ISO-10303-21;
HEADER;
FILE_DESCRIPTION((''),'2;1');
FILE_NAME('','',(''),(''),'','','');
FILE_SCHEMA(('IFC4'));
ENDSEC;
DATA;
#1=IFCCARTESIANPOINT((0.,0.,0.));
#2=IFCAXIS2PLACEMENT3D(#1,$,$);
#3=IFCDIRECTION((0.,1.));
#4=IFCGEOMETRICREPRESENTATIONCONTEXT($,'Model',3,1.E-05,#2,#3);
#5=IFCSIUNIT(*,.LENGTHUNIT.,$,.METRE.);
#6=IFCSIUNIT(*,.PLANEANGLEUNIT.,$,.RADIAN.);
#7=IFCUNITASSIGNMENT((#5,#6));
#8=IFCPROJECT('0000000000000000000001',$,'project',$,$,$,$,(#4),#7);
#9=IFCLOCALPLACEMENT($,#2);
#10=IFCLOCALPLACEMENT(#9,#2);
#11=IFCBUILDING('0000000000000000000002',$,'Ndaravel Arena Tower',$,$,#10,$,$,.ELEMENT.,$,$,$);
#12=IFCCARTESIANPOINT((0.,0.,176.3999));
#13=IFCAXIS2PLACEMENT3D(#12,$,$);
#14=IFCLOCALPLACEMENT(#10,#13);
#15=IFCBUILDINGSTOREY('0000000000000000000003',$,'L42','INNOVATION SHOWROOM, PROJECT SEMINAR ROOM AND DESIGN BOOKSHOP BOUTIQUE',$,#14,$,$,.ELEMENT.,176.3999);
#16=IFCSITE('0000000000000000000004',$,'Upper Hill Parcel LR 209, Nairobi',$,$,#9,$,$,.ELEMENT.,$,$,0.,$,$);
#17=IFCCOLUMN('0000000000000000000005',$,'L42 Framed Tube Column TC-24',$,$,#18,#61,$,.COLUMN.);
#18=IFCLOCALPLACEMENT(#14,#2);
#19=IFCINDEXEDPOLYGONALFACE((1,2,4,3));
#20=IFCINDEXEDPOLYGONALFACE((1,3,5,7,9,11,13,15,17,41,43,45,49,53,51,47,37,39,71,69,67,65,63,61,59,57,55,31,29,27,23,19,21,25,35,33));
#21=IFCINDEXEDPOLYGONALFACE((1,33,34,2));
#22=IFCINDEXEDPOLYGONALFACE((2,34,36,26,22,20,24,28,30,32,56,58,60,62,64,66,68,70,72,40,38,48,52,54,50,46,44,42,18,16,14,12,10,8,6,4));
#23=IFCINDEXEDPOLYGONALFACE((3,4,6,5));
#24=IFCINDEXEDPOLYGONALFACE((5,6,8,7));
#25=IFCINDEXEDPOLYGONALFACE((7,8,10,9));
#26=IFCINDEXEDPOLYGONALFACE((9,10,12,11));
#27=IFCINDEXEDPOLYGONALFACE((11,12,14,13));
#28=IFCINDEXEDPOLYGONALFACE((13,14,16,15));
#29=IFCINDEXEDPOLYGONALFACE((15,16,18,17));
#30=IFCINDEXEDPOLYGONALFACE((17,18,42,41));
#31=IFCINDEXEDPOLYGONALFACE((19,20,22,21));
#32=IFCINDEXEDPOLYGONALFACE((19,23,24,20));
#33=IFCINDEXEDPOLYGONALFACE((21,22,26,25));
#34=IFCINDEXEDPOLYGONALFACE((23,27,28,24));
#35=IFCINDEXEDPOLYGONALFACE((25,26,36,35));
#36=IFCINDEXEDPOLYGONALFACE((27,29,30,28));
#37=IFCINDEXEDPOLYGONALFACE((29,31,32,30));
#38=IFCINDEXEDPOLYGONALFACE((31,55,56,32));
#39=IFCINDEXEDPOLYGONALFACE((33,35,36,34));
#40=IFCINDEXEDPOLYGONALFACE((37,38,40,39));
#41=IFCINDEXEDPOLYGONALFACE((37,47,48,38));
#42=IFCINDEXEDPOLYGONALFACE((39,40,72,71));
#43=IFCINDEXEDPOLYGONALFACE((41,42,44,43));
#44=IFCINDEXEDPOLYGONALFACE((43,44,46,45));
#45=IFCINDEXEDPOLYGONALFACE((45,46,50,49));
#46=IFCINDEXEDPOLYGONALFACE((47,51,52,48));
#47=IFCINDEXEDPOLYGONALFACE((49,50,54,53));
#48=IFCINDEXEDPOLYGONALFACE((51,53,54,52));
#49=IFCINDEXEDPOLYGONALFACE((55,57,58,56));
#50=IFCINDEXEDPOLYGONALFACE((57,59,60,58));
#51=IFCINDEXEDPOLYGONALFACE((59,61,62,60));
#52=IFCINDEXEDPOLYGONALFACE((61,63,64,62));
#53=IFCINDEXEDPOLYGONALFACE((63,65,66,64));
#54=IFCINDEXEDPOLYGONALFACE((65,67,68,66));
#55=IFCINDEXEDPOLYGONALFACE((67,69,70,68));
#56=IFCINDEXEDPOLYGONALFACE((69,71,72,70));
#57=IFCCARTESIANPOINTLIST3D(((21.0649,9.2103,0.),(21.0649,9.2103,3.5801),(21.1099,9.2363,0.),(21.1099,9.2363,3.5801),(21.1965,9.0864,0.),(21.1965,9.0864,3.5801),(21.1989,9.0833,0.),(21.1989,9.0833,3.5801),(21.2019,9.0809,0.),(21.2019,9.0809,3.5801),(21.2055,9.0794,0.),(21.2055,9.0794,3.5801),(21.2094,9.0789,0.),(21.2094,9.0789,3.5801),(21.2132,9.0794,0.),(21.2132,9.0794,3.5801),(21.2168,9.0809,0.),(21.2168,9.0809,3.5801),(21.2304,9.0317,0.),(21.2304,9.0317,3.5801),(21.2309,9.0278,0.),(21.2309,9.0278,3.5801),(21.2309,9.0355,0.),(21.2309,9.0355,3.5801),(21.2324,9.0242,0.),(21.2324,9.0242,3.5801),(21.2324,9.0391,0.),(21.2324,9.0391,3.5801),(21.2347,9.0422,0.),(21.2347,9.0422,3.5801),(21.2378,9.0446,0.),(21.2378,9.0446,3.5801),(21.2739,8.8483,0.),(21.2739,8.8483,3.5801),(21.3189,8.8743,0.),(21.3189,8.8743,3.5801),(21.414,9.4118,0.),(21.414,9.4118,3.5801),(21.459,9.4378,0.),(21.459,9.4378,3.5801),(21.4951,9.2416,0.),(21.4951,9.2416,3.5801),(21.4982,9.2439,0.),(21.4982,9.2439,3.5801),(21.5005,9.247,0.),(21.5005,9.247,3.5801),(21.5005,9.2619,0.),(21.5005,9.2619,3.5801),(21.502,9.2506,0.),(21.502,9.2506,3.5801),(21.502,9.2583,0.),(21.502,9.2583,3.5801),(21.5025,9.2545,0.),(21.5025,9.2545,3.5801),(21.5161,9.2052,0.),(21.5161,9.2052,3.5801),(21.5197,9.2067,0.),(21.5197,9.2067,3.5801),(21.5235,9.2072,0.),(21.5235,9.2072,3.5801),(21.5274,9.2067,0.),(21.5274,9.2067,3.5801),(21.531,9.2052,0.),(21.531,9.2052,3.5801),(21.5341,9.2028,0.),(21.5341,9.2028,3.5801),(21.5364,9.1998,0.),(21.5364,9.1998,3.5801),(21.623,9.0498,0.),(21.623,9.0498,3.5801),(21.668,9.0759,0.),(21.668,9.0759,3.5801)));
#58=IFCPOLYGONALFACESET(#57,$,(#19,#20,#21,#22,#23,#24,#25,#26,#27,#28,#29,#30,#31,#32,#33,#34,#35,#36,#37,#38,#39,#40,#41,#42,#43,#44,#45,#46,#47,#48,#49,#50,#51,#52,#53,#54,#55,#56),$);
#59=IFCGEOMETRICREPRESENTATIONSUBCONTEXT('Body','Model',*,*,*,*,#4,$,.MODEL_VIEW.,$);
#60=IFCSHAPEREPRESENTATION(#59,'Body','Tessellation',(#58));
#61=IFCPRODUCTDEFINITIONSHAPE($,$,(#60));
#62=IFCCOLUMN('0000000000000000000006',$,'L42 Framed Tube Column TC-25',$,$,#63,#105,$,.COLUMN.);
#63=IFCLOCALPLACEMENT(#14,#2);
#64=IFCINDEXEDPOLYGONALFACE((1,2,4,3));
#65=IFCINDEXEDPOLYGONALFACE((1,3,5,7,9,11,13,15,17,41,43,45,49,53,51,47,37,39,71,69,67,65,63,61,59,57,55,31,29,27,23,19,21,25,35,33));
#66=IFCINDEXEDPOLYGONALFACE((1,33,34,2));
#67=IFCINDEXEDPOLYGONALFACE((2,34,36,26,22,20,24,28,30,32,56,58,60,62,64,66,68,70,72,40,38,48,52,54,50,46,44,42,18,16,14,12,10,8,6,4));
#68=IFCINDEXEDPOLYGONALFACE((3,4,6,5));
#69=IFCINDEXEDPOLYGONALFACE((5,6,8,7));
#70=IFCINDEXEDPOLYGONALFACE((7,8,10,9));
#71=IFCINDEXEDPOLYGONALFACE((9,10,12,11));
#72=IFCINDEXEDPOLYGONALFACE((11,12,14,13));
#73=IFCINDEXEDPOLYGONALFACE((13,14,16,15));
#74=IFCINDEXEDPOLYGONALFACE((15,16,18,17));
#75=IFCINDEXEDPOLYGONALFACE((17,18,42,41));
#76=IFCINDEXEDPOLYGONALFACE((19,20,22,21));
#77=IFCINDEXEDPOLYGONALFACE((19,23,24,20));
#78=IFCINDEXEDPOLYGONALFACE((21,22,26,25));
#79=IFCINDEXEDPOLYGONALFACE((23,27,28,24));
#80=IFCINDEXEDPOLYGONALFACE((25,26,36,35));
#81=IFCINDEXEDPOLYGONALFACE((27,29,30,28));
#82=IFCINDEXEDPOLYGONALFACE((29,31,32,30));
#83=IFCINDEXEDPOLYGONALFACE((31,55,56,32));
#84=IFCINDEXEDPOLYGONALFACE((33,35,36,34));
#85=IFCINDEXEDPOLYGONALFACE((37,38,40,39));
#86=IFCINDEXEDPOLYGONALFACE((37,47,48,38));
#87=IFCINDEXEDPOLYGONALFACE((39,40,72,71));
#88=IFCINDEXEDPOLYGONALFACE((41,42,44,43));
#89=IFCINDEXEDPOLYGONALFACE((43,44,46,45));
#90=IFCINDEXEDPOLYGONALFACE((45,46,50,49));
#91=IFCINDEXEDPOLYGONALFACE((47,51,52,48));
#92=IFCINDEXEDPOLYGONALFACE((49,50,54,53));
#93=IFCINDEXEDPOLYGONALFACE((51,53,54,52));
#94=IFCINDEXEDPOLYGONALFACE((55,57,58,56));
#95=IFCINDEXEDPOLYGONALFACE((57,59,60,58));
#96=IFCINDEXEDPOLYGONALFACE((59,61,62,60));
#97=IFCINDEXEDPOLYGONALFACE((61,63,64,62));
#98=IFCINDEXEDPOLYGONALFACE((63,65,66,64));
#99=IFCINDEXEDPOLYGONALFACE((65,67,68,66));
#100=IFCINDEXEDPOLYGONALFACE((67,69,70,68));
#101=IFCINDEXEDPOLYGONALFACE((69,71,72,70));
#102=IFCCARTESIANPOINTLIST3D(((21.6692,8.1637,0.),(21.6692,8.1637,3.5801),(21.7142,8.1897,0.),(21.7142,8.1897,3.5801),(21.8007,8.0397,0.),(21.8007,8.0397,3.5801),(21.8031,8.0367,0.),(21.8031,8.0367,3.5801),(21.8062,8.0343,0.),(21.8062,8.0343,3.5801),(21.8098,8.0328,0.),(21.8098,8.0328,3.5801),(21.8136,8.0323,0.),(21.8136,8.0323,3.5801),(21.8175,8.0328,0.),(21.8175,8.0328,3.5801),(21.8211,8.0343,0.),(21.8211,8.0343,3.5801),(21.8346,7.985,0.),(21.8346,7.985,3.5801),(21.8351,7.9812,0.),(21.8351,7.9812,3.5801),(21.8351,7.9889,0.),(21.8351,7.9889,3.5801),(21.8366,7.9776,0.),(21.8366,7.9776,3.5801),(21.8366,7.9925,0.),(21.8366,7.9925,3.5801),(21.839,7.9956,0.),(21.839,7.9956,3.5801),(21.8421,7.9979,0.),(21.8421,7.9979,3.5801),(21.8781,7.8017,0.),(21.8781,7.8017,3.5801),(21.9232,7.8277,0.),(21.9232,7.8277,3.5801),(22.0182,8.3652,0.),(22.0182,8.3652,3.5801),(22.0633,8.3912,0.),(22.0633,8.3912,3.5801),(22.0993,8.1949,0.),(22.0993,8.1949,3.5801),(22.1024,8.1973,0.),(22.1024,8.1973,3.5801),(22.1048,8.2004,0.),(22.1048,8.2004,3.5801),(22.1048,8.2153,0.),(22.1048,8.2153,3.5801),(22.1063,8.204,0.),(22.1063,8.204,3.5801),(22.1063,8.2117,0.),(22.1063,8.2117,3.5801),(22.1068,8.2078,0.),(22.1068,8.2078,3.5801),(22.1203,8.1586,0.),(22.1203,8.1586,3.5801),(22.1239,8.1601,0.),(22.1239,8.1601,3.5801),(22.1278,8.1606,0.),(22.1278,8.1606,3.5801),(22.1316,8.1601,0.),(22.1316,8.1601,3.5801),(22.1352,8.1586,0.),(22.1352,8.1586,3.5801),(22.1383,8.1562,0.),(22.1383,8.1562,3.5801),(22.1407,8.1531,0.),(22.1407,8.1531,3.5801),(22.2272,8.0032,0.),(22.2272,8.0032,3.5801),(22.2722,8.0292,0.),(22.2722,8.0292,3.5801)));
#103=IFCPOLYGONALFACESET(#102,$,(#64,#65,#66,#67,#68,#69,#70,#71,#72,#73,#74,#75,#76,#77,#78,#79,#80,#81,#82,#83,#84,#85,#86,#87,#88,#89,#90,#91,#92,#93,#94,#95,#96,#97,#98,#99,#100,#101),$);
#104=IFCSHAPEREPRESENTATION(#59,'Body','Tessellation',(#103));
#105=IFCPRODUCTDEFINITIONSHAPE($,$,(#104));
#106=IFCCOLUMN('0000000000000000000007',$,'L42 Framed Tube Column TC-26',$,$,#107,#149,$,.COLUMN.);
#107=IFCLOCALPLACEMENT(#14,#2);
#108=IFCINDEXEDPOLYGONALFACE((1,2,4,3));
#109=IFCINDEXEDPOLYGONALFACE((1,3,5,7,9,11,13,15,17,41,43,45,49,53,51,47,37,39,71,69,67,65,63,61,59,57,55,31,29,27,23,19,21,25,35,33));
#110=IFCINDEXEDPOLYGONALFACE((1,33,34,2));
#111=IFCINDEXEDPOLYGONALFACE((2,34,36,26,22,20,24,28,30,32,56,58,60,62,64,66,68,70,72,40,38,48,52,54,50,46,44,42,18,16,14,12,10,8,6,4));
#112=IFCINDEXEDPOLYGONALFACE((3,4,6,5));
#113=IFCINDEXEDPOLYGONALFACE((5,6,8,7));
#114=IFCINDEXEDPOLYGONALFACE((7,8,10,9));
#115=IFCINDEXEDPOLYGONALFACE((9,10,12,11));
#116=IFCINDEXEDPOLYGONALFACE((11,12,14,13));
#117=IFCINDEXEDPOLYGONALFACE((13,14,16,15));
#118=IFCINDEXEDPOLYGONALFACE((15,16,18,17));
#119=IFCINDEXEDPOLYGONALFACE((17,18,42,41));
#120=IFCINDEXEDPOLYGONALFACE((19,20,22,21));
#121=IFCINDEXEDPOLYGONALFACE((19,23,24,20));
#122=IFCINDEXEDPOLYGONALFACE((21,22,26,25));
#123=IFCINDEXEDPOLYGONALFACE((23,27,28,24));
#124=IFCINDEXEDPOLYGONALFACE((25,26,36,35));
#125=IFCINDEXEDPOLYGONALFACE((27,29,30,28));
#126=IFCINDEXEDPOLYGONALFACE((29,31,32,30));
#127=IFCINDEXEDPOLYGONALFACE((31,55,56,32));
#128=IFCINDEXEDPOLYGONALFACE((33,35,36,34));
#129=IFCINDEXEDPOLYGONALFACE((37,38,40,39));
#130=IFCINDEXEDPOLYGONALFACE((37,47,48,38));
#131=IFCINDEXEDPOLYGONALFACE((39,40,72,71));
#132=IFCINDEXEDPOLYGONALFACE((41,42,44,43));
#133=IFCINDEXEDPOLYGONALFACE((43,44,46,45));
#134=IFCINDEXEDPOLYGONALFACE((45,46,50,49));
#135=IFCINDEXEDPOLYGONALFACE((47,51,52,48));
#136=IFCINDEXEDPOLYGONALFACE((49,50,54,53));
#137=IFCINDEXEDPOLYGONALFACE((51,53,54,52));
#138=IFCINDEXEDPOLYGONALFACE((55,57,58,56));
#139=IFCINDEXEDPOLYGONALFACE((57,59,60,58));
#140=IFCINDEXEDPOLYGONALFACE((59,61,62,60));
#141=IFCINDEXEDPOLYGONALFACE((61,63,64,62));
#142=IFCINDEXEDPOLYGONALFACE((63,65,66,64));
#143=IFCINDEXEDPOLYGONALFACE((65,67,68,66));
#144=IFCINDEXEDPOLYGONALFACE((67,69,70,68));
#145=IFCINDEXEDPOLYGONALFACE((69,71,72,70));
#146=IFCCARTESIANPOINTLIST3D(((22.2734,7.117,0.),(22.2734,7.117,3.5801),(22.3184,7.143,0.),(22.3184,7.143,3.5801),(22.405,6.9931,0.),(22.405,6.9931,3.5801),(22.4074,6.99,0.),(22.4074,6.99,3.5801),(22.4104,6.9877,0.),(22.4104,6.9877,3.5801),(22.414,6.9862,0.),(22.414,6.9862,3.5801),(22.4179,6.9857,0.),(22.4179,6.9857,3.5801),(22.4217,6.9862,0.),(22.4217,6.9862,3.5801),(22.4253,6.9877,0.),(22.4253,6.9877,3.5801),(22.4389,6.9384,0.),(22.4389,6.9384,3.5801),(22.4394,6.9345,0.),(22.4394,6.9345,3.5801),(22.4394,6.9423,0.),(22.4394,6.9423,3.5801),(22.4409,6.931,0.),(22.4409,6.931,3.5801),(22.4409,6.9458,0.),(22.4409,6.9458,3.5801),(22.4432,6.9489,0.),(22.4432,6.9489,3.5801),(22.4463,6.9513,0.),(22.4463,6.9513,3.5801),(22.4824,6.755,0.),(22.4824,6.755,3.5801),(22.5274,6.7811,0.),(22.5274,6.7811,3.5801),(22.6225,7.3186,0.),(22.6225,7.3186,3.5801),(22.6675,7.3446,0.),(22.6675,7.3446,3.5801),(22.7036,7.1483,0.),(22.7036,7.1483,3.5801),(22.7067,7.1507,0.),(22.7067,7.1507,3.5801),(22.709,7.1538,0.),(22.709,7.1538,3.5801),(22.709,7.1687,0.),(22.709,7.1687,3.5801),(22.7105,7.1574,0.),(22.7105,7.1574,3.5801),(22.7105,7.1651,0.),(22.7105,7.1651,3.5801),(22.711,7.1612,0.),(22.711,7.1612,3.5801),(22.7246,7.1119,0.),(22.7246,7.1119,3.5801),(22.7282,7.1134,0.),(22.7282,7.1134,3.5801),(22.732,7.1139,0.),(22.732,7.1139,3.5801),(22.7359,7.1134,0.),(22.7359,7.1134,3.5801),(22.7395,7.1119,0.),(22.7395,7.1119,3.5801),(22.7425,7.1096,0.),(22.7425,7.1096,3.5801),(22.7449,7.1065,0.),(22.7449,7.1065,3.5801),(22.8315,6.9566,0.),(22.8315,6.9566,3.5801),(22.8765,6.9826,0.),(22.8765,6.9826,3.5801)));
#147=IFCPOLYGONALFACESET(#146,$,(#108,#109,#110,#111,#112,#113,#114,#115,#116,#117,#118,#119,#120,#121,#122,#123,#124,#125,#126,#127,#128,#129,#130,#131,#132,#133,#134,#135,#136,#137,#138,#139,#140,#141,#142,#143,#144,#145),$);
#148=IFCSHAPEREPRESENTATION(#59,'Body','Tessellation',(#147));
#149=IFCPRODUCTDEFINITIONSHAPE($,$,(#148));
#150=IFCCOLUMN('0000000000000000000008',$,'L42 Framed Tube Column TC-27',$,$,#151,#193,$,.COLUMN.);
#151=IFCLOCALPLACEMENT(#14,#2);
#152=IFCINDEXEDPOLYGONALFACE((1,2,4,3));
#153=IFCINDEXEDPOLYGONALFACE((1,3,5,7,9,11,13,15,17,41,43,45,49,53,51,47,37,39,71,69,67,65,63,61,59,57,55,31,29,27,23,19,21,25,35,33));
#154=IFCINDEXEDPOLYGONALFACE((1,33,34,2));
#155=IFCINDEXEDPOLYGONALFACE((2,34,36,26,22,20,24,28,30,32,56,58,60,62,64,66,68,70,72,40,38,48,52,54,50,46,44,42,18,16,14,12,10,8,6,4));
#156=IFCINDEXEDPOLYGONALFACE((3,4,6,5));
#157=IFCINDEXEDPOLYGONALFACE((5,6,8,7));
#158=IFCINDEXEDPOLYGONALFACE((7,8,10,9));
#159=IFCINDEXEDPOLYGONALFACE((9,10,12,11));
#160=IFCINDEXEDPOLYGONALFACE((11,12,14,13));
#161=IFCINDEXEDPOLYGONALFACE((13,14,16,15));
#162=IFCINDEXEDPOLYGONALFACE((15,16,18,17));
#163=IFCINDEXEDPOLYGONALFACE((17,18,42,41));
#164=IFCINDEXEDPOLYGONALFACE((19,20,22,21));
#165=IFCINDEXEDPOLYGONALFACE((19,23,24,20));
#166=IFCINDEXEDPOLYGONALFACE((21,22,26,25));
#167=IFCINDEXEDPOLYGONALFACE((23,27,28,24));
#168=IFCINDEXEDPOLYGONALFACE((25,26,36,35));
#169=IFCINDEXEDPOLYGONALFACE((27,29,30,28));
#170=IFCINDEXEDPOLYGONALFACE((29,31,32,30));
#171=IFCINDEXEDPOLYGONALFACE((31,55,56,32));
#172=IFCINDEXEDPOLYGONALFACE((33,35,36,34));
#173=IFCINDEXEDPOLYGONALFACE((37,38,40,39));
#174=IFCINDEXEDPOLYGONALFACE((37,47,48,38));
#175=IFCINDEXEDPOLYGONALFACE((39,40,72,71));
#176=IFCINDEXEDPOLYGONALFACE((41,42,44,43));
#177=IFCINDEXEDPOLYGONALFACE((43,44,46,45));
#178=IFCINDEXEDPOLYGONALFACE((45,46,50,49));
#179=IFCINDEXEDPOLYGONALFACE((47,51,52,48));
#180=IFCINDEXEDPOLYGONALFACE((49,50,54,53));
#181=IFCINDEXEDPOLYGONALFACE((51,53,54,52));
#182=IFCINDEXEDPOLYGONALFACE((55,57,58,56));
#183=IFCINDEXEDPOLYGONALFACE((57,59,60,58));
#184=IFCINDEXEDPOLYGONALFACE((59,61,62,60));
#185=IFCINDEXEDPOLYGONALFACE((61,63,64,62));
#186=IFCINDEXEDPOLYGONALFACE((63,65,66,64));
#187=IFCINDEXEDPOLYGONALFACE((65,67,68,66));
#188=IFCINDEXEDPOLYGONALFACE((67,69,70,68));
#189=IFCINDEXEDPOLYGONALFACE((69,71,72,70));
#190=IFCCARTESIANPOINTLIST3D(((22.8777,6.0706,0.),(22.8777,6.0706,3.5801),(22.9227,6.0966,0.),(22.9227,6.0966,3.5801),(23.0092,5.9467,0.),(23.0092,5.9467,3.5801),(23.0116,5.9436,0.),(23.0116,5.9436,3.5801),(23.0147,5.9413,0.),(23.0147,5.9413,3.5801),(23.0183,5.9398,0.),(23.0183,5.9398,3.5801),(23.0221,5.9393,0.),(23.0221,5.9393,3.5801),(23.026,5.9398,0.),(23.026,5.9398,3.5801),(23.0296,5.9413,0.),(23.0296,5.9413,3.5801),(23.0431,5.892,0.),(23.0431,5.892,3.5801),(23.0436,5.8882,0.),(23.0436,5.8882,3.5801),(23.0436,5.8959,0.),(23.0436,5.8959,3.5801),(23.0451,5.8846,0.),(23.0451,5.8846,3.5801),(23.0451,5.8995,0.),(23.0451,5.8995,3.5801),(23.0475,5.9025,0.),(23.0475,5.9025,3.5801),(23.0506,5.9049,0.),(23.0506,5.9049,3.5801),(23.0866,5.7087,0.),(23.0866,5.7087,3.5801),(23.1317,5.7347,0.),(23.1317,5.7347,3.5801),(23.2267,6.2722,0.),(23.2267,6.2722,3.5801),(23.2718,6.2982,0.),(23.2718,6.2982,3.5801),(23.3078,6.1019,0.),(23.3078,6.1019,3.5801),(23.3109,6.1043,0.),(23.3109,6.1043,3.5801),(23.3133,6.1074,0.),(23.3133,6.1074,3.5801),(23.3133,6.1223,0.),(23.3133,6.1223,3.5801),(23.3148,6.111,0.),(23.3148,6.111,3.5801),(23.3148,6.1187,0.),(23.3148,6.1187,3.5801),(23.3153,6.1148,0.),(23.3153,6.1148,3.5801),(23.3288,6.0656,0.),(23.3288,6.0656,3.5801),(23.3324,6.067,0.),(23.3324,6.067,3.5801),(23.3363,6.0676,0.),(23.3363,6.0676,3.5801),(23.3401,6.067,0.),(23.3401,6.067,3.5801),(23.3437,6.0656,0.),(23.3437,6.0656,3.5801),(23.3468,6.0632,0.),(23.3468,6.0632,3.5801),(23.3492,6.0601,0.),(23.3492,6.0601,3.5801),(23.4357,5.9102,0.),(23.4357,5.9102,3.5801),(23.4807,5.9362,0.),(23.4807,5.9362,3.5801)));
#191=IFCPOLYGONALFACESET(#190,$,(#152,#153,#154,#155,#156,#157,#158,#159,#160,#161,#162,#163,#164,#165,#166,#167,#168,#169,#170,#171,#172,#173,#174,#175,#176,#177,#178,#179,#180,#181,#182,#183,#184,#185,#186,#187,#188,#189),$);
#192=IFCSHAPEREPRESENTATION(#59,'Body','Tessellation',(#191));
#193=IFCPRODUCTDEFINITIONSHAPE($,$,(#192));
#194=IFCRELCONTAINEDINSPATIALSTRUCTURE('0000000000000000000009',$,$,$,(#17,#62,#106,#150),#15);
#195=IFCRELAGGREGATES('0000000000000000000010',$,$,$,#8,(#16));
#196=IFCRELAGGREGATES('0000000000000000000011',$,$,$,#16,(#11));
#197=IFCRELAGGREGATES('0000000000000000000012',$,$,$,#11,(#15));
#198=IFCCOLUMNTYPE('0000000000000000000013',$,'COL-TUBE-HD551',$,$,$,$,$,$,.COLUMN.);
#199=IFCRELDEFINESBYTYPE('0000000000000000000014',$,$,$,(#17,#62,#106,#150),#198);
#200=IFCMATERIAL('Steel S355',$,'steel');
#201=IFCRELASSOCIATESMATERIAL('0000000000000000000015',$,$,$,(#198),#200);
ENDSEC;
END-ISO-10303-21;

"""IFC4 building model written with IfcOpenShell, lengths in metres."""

from ifc_helpers import new_model, si_unit, direction, frame, origin, origin_2d, place, context, subcontext, project, spatial, i_section, extrude, material, material_profile, profile_set, type_object, element, save


model = new_model("IFC4")

# Units and contexts
model_context = context("Model", 3, precision=1e-05, world=origin(), true_north=direction((0.0, 1.0)))
body_context = subcontext(model_context, "Body", "Model", "MODEL_VIEW")
ifc_project = project(units=[si_unit("LENGTHUNIT", "METRE"), si_unit("PLANEANGLEUNIT", "RADIAN")], contexts=[model_context])

# Site, building, storey
site_placement = place(None, origin())
site = spatial("IfcSite", under=ifc_project, at=site_placement, Name="Upper Hill Parcel LR 209, Nairobi", CompositionType="ELEMENT", RefElevation=0.0)
building_placement = place(site_placement, origin())
building = spatial("IfcBuilding", under=site, at=building_placement, Name="Ndaravel Arena Tower", CompositionType="ELEMENT")
storey_placement = place(building_placement, frame((0.0, 0.0, 176.3999)))
storey = spatial("IfcBuildingStorey", under=building, at=storey_placement, Name="L42", Description="INNOVATION SHOWROOM, PROJECT SEMINAR ROOM AND DESIGN BOOKSHOP BOUTIQUE", CompositionType="ELEMENT", Elevation=176.3999)

# Columns
ifc_material_1 = material(Name="Steel S355", Category="steel")
ifc_material_profile_1 = material_profile(ifc_material_1, i_section(OverallWidth=0.418, OverallDepth=0.4551, WebThickness=0.042, FlangeThickness=0.052, FilletRadius=0.0149, at=origin_2d()), Name="HD 400x551")
ifc_profile_set_1 = profile_set([ifc_material_profile_1], Name="Steel S355")
column_type = type_object("IfcColumnType", Name="COL-TUBE-HD551", PredefinedType="COLUMN", material=ifc_profile_set_1)
for number, where, z_axis, x_axis, name in (
    (1, (21.3665, 9.1431, 0.0), (0.0, 0.0, 1.0), (-0.5, 0.866025, 0.0), "L42 Framed Tube Column TC-24"),
    (2, (21.9707, 8.0964, 0.0), (0.0, 0.0, 1.0), (-0.5, 0.866025, 0.0), "L42 Framed Tube Column TC-25"),
    (3, (22.575, 7.0498, 0.0), (0.0, 0.0, 1.0), (-0.5, 0.866025, 0.0), "L42 Framed Tube Column TC-26"),
    (4, (23.1792, 6.0034, 0.0), (0.0, 0.0, 1.0), (-0.5, 0.866025, 0.0), "L42 Framed Tube Column TC-27"),
):
    element("IfcColumn", number, at=place(storey_placement, frame(where, z_axis=z_axis, x_axis=x_axis)), inside=storey, type_object=column_type, Name=name, PredefinedType="COLUMN", context=body_context, shape_type="SweptSolid", body=[
        extrude(i_section(OverallWidth=0.418, OverallDepth=0.4551, WebThickness=0.042, FlangeThickness=0.052, FilletRadius=0.0149, at=origin_2d()), origin(), (0.0, 0.0, 1.0), 3.5801),
    ])

save(model, "model.ifc")
